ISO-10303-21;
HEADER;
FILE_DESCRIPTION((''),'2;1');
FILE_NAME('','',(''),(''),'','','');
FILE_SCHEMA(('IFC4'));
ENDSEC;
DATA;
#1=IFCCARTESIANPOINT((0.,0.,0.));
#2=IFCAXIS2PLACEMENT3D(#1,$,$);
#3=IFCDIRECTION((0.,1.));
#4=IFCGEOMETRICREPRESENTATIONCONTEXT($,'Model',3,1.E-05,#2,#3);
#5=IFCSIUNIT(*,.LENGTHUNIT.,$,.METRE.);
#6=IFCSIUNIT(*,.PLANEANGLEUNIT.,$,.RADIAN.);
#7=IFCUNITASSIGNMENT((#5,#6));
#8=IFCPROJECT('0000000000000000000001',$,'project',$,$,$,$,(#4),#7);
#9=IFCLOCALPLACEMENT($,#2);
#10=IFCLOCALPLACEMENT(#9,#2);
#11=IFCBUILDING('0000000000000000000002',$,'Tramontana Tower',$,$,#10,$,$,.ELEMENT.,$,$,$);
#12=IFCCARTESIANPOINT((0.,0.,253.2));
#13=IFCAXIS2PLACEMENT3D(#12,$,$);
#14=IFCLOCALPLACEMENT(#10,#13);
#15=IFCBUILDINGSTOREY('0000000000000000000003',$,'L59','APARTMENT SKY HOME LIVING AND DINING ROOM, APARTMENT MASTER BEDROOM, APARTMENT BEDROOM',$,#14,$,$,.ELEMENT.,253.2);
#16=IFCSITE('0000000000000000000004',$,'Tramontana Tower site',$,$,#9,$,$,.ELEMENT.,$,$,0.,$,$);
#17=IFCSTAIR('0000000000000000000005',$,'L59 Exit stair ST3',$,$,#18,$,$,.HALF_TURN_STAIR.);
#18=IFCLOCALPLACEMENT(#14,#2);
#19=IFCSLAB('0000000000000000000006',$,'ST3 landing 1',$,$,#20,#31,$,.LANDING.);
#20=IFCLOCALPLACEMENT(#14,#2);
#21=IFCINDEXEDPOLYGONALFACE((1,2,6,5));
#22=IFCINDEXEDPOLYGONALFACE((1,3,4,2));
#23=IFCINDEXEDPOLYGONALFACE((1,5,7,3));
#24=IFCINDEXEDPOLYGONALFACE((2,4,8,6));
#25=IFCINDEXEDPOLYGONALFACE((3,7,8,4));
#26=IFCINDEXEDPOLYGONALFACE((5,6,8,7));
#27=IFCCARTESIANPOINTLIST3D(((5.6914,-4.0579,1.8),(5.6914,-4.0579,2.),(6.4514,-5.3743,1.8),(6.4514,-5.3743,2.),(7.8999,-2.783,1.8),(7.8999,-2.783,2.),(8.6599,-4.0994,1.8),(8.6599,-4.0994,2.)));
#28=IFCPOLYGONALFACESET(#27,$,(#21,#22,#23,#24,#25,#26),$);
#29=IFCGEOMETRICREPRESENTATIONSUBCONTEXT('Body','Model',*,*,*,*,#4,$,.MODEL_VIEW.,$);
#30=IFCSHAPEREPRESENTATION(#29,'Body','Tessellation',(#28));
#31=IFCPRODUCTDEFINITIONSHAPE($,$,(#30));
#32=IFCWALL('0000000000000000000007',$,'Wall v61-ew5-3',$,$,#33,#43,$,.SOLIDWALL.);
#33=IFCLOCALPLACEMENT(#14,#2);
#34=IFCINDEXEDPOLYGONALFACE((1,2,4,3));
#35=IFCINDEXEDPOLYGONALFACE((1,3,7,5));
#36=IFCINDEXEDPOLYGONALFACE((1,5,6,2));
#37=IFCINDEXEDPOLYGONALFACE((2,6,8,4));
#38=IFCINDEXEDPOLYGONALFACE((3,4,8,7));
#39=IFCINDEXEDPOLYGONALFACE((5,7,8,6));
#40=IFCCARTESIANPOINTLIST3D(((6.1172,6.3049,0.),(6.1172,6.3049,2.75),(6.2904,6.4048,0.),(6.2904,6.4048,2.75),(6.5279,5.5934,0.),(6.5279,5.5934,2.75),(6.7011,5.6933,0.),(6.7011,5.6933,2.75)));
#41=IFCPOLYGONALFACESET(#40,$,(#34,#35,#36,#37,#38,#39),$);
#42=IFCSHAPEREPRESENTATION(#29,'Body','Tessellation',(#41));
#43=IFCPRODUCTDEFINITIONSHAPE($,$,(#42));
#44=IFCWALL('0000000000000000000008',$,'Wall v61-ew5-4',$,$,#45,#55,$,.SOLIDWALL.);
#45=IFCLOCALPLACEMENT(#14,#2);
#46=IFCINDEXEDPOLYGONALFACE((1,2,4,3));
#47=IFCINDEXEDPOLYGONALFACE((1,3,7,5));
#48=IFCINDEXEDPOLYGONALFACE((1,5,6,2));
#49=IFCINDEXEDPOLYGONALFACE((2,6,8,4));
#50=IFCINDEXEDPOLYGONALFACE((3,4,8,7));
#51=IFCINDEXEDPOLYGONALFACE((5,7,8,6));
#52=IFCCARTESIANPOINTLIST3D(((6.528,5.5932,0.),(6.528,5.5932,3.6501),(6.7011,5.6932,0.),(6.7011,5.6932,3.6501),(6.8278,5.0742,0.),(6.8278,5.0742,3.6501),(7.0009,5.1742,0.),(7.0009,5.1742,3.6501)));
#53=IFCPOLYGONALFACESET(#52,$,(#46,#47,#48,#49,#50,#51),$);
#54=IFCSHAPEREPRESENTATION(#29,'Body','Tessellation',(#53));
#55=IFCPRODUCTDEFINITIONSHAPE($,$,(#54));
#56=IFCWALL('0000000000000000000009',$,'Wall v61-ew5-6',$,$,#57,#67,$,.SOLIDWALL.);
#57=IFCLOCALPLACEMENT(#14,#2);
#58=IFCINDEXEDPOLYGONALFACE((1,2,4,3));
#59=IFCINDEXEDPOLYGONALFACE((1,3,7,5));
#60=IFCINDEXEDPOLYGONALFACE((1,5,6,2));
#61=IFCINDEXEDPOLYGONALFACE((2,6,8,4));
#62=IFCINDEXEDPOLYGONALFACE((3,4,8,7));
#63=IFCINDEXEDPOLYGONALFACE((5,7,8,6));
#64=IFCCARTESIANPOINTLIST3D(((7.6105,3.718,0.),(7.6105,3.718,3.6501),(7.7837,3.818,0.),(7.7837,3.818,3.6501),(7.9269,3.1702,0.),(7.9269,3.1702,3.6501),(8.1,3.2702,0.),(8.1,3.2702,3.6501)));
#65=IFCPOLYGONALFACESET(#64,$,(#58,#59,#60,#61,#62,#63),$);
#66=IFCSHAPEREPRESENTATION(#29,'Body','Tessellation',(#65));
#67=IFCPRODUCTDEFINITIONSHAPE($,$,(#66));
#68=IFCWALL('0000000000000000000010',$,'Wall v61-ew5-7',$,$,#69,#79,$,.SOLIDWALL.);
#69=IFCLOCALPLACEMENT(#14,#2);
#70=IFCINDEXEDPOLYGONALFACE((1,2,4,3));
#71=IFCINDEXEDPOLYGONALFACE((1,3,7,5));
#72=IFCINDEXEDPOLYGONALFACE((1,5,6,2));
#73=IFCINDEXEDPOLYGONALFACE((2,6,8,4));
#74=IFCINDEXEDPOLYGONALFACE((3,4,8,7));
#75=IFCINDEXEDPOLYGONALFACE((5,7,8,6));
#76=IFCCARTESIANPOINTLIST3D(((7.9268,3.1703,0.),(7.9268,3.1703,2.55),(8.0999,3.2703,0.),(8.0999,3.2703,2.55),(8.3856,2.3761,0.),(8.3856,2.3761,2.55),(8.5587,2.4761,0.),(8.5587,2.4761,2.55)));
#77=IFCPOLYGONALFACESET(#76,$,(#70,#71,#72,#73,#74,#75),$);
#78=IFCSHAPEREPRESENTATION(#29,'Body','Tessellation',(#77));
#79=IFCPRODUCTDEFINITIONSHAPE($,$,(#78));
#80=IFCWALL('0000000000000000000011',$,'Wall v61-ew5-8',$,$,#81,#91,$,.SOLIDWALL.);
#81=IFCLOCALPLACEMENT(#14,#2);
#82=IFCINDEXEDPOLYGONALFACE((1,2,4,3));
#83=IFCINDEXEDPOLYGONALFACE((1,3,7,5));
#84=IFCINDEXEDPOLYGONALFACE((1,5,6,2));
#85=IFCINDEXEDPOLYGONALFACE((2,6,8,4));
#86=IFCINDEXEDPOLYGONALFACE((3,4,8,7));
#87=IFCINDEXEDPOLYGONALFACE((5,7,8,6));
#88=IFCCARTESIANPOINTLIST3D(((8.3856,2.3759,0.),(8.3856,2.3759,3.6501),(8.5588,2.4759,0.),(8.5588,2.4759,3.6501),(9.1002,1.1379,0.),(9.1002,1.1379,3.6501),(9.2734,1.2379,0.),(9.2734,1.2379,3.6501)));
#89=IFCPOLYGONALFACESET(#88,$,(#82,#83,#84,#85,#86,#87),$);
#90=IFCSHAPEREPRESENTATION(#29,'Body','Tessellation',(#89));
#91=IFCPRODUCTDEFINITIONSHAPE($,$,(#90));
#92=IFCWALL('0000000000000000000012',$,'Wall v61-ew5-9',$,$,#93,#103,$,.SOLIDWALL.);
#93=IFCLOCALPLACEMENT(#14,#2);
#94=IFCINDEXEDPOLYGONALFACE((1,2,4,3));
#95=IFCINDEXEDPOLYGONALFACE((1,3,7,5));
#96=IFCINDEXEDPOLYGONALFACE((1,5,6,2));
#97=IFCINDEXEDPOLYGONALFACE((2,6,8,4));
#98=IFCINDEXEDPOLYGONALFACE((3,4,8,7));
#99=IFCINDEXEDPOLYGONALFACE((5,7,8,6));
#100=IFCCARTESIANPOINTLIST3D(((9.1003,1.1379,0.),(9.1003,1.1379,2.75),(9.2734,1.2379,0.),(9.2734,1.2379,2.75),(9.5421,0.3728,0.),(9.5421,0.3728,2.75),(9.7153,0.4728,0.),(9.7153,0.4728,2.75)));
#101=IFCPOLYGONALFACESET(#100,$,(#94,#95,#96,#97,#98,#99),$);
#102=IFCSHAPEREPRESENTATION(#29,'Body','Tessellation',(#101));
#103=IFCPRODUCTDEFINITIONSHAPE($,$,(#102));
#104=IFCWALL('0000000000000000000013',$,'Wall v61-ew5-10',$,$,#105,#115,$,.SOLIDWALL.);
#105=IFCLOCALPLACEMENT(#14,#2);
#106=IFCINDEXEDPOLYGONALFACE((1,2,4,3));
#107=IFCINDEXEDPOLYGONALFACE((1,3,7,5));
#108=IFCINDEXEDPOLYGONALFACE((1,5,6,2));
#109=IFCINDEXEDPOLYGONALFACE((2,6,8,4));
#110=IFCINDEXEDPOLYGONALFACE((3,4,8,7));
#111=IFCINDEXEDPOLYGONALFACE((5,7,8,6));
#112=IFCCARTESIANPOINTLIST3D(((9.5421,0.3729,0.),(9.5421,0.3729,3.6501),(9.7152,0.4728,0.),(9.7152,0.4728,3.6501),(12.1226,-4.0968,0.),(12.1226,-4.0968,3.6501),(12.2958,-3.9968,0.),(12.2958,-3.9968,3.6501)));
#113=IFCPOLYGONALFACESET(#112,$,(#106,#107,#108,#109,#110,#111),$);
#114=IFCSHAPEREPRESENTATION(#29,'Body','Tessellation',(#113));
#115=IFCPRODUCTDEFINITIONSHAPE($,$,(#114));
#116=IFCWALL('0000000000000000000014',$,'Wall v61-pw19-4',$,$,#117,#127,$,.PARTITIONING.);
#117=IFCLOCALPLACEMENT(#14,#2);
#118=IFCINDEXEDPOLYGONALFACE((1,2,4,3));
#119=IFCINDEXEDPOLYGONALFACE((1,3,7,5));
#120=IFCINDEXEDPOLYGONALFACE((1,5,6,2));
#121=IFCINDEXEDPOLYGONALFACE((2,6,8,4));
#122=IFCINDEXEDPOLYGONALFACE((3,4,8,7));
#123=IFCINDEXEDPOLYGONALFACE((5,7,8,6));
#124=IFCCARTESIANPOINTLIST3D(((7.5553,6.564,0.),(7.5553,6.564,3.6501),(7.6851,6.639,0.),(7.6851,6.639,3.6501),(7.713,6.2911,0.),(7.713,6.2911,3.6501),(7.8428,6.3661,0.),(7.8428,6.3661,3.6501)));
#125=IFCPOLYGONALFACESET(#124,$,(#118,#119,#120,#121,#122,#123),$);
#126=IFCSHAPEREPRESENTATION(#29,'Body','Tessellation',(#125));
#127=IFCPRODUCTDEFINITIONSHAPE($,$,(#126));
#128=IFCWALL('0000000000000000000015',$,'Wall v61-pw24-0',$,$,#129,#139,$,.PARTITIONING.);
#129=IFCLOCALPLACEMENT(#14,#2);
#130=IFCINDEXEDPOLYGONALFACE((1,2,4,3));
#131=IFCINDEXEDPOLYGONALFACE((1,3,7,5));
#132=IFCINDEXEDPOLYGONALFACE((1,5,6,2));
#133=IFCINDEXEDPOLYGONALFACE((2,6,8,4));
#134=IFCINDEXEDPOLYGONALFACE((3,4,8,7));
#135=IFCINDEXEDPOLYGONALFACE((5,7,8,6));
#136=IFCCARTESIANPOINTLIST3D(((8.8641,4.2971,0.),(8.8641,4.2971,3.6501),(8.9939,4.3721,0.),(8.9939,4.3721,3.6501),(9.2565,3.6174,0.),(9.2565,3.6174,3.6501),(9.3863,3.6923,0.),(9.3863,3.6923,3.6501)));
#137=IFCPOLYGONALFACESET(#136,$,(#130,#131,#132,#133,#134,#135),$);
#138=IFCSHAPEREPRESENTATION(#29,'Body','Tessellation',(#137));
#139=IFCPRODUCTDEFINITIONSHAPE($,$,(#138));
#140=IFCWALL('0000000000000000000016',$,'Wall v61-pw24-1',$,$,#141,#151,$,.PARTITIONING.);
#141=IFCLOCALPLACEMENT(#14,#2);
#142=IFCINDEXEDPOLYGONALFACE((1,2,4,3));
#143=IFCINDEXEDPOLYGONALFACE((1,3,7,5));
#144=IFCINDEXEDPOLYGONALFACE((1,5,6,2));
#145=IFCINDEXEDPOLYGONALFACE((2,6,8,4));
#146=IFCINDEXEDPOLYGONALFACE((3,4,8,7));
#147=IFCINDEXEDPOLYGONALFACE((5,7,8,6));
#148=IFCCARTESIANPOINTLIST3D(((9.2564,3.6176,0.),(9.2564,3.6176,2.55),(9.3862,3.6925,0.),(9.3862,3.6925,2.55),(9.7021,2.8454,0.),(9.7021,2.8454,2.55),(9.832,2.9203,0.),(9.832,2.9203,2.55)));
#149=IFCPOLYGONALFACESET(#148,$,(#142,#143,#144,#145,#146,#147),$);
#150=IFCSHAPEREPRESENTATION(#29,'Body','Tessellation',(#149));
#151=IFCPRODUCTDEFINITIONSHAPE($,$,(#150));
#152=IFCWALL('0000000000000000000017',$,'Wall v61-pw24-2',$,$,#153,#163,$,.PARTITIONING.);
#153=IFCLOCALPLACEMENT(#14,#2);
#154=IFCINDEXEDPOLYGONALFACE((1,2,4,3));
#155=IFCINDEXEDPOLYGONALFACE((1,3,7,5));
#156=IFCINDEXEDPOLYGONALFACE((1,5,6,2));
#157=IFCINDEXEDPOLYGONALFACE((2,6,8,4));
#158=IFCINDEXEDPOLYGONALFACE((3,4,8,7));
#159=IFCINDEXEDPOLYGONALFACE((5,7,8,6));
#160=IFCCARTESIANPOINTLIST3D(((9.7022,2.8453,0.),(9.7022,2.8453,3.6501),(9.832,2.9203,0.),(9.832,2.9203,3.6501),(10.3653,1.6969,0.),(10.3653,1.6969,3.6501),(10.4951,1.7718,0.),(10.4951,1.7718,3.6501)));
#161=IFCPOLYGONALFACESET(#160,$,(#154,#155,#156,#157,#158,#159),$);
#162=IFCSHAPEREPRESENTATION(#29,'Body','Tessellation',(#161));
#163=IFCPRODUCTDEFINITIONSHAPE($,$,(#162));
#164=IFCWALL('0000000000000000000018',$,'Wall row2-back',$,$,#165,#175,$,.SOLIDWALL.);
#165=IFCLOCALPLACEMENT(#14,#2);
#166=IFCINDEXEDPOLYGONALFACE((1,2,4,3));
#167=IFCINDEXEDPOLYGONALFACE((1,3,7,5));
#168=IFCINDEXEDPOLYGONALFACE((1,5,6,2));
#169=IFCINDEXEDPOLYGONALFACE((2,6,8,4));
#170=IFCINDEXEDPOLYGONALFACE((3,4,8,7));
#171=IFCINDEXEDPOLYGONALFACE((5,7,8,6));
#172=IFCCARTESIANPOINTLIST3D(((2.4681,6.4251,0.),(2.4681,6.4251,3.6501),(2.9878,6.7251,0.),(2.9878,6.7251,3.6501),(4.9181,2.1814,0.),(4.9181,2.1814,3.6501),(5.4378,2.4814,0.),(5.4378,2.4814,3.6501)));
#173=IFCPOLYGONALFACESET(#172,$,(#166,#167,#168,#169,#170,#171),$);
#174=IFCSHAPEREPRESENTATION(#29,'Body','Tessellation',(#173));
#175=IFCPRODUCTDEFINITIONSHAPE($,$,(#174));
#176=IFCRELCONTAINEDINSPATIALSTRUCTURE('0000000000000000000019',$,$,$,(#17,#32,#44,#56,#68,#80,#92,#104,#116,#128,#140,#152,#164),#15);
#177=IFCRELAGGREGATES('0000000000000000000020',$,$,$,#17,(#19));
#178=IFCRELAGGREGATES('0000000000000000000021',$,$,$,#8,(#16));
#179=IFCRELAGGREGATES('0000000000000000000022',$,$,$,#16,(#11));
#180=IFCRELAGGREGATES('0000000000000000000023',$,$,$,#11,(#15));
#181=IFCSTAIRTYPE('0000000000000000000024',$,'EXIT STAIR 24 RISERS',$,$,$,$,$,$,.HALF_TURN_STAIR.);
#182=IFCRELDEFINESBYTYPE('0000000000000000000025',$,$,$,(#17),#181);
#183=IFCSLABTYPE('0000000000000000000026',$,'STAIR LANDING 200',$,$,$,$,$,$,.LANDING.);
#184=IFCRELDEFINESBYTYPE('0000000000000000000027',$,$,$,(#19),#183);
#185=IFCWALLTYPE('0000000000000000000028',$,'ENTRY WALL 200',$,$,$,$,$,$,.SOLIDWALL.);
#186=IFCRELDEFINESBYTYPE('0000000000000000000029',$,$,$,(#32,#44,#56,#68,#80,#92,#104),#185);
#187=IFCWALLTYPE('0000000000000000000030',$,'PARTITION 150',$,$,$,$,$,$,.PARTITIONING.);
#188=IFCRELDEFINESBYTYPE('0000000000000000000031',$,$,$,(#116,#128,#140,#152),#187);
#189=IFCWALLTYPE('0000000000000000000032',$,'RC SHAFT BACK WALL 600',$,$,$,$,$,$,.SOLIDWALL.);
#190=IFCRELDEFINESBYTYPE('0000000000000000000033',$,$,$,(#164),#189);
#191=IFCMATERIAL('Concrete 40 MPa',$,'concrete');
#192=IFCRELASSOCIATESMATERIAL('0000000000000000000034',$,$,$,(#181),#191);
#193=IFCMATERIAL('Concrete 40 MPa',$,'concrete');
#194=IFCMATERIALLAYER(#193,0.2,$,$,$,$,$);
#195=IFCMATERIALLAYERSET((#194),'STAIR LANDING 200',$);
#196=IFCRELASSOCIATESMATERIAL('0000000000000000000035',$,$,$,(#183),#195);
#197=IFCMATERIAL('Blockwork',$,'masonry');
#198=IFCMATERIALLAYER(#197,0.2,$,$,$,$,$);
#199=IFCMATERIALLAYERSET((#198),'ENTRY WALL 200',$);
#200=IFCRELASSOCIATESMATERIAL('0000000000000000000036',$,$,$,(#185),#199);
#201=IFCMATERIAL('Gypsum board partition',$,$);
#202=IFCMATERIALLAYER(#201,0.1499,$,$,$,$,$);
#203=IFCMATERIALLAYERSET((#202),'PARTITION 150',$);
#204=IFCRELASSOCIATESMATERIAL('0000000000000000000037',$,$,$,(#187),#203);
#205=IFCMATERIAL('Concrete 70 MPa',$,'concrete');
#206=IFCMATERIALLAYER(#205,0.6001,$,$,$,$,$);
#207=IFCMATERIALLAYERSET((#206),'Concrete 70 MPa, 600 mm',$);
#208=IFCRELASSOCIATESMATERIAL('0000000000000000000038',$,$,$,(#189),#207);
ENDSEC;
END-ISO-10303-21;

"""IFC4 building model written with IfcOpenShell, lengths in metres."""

from ifc_helpers import new_model, si_unit, direction, frame, frame_2d, origin, place, context, subcontext, project, spatial, polyline, rectangle, outline, extrude, material, layer, layer_set, type_object, element, aggregate, save


model = new_model("IFC4")

# Units and contexts
model_context = context("Model", 3, precision=1e-05, world=origin(), true_north=direction((0.0, 1.0)))
body_context = subcontext(model_context, "Body", "Model", "MODEL_VIEW")
ifc_project = project(units=[si_unit("LENGTHUNIT", "METRE"), si_unit("PLANEANGLEUNIT", "RADIAN")], contexts=[model_context])

# Site, building, storey
site_placement = place(None, origin())
site = spatial("IfcSite", under=ifc_project, at=site_placement, Name="Tramontana Tower site", CompositionType="ELEMENT", RefElevation=0.0)
building_placement = place(site_placement, origin())
building = spatial("IfcBuilding", under=site, at=building_placement, Name="Tramontana Tower", CompositionType="ELEMENT")
storey_placement = place(building_placement, frame((0.0, 0.0, 253.2)))
storey = spatial("IfcBuildingStorey", under=building, at=storey_placement, Name="L59", Description="APARTMENT SKY HOME LIVING AND DINING ROOM, APARTMENT MASTER BEDROOM, APARTMENT BEDROOM", CompositionType="ELEMENT", Elevation=253.2)

# Stair, slab
ifc_material_1 = material(Name="Concrete 40 MPa", Category="concrete")
stair_type = type_object("IfcStairType", Name="EXIT STAIR 24 RISERS", PredefinedType="HALF_TURN_STAIR", material=ifc_material_1)
stair_placement = place(storey_placement, origin())
stair = element("IfcStair", 1, at=stair_placement, inside=storey, type_object=stair_type, Name="L59 Exit stair ST3", PredefinedType="HALF_TURN_STAIR")
ifc_material_2 = material(Name="Concrete 40 MPa", Category="concrete")
ifc_layer_1 = layer(ifc_material_2, 0.2)
ifc_layer_set_1 = layer_set([ifc_layer_1], Name="STAIR LANDING 200")
slab_type = type_object("IfcSlabType", Name="STAIR LANDING 200", PredefinedType="LANDING", material=ifc_layer_set_1)
slab_placement = place(storey_placement, frame((0.0, 0.0, 1.8)))
slab = element("IfcSlab", 2, at=slab_placement, type_object=slab_type, Name="ST3 landing 1", PredefinedType="LANDING", context=body_context, shape_type="SweptSolid", body=[
    extrude(outline(polyline([(5.6914, -4.0579), (6.4514, -5.3743), (8.6599, -4.0994), (7.8999, -2.783), (5.6914, -4.0579)])), origin(), (0.0, 0.0, 1.0), 0.2),
])
aggregate(stair, [slab])

# Walls
ifc_material_3 = material(Name="Blockwork", Category="masonry")
ifc_layer_2 = layer(ifc_material_3, 0.2)
ifc_layer_set_2 = layer_set([ifc_layer_2], Name="ENTRY WALL 200")
wall_type_1 = type_object("IfcWallType", Name="ENTRY WALL 200", PredefinedType="SOLIDWALL", material=ifc_layer_set_2)
wall_1_placement = place(storey_placement, frame((6.2039, 6.3547, 0.0), z_axis=(0.0, 0.0, 1.0), x_axis=(0.499911, -0.866077, 0.0)))
element("IfcWall", 3, at=wall_1_placement, inside=storey, type_object=wall_type_1, Name="Wall v61-ew5-3", PredefinedType="SOLIDWALL", context=body_context, shape_type="SweptSolid", body=[
    extrude(rectangle(XDim=0.8215, YDim=0.2, at=frame_2d((0.4106, 0.0))), origin(), (0.0, 0.0, 1.0), 2.75),
])
wall_2_placement = place(storey_placement, frame((6.6145, 5.6433, 0.0), z_axis=(0.0, 0.0, 1.0), x_axis=(0.500169, -0.865928, 0.0)))
element("IfcWall", 4, at=wall_2_placement, inside=storey, type_object=wall_type_1, Name="Wall v61-ew5-4", PredefinedType="SOLIDWALL", context=body_context, shape_type="SweptSolid", body=[
    extrude(rectangle(XDim=0.5994, YDim=0.2, at=frame_2d((0.2998, 0.0))), origin(), (0.0, 0.0, 1.0), 3.6501),
])

# Walls
wall_3_placement = place(storey_placement, frame((7.697, 3.7681, 0.0), z_axis=(0.0, 0.0, 1.0), x_axis=(0.500123, -0.865954, 0.0)))
element("IfcWall", 5, at=wall_3_placement, inside=storey, type_object=wall_type_1, Name="Wall v61-ew5-6", PredefinedType="SOLIDWALL", context=body_context, shape_type="SweptSolid", body=[
    extrude(rectangle(XDim=0.6326, YDim=0.2, at=frame_2d((0.3164, 0.0))), origin(), (0.0, 0.0, 1.0), 3.6501),
])
wall_4_placement = place(storey_placement, frame((8.0134, 3.2202, 0.0), z_axis=(0.0, 0.0, 1.0), x_axis=(0.500176, -0.865924, 0.0)))
element("IfcWall", 6, at=wall_4_placement, inside=storey, type_object=wall_type_1, Name="Wall v61-ew5-7", PredefinedType="SOLIDWALL", context=body_context, shape_type="SweptSolid", body=[
    extrude(rectangle(XDim=0.9172, YDim=0.2, at=frame_2d((0.4585, 0.0))), origin(), (0.0, 0.0, 1.0), 2.55),
])
wall_5_placement = place(storey_placement, frame((8.4722, 2.426, 0.0), z_axis=(0.0, 0.0, 1.0), x_axis=(0.499905, -0.86608, 0.0)))
element("IfcWall", 7, at=wall_5_placement, inside=storey, type_object=wall_type_1, Name="Wall v61-ew5-8", PredefinedType="SOLIDWALL", context=body_context, shape_type="SweptSolid", body=[
    extrude(rectangle(XDim=1.4294, YDim=0.2, at=frame_2d((0.7148, 0.0))), origin(), (0.0, 0.0, 1.0), 3.6501),
])
wall_6_placement = place(storey_placement, frame((9.1868, 1.188, 0.0), z_axis=(0.0, 0.0, 1.0), x_axis=(0.500121, -0.865955, 0.0)))
element("IfcWall", 8, at=wall_6_placement, inside=storey, type_object=wall_type_1, Name="Wall v61-ew5-9", PredefinedType="SOLIDWALL", context=body_context, shape_type="SweptSolid", body=[
    extrude(rectangle(XDim=0.8835, YDim=0.2, at=frame_2d((0.4419, 0.0))), origin(), (0.0, 0.0, 1.0), 2.75),
])
wall_7_placement = place(storey_placement, frame((9.6287, 0.4229, 0.0), z_axis=(0.0, 0.0, 1.0), x_axis=(0.499995, -0.866028, 0.0)))
element("IfcWall", 9, at=wall_7_placement, inside=storey, type_object=wall_type_1, Name="Wall v61-ew5-10", PredefinedType="SOLIDWALL", context=body_context, shape_type="SweptSolid", body=[
    extrude(rectangle(XDim=5.1611, YDim=0.2, at=frame_2d((2.5806, 0.0))), origin(), (0.0, 0.0, 1.0), 3.6501),
])
ifc_material_4 = material(Name="Gypsum board partition")
ifc_layer_3 = layer(ifc_material_4, 0.1499)
ifc_layer_set_3 = layer_set([ifc_layer_3], Name="PARTITION 150")
wall_type_2 = type_object("IfcWallType", Name="PARTITION 150", PredefinedType="PARTITIONING", material=ifc_layer_set_3)
wall_8_placement = place(storey_placement, frame((7.6201, 6.6016, 0.0), z_axis=(0.0, 0.0, 1.0), x_axis=(0.500303, -0.86585, 0.0)))
element("IfcWall", 10, at=wall_8_placement, inside=storey, type_object=wall_type_2, Name="Wall v61-pw19-4", PredefinedType="PARTITIONING", context=body_context, shape_type="SweptSolid", body=[
    extrude(rectangle(XDim=0.3152, YDim=0.1499, at=frame_2d((0.1577, 0.0))), origin(), (0.0, 0.0, 1.0), 3.6501),
])

# Walls
wall_9_placement = place(storey_placement, frame((8.929, 4.3347, 0.0), z_axis=(0.0, 0.0, 1.0), x_axis=(0.49992, -0.866072, 0.0)))
element("IfcWall", 11, at=wall_9_placement, inside=storey, type_object=wall_type_2, Name="Wall v61-pw24-0", PredefinedType="PARTITIONING", context=body_context, shape_type="SweptSolid", body=[
    extrude(rectangle(XDim=0.7849, YDim=0.1499, at=frame_2d((0.3926, 0.0))), origin(), (0.0, 0.0, 1.0), 3.6501),
])
wall_10_placement = place(storey_placement, frame((9.3213, 3.655, 0.0), z_axis=(0.0, 0.0, 1.0), x_axis=(0.499967, -0.866044, 0.0)))
element("IfcWall", 12, at=wall_10_placement, inside=storey, type_object=wall_type_2, Name="Wall v61-pw24-1", PredefinedType="PARTITIONING", context=body_context, shape_type="SweptSolid", body=[
    extrude(rectangle(XDim=0.8916, YDim=0.1499, at=frame_2d((0.4458, 0.0))), origin(), (0.0, 0.0, 1.0), 2.55),
])
wall_11_placement = place(storey_placement, frame((9.7671, 2.8828, 0.0), z_axis=(0.0, 0.0, 1.0), x_axis=(0.50002, -0.866014, 0.0)))
element("IfcWall", 13, at=wall_11_placement, inside=storey, type_object=wall_type_2, Name="Wall v61-pw24-2", PredefinedType="PARTITIONING", context=body_context, shape_type="SweptSolid", body=[
    extrude(rectangle(XDim=1.3262, YDim=0.1499, at=frame_2d((0.6631, 0.0))), origin(), (0.0, 0.0, 1.0), 3.6501),
])

# Wall
ifc_material_5 = material(Name="Concrete 70 MPa", Category="concrete")
ifc_layer_4 = layer(ifc_material_5, 0.6001)
ifc_layer_set_4 = layer_set([ifc_layer_4], Name="Concrete 70 MPa, 600 mm")
wall_type_3 = type_object("IfcWallType", Name="RC SHAFT BACK WALL 600", PredefinedType="SOLIDWALL", material=ifc_layer_set_4)
wall_12_placement = place(storey_placement, frame((5.178, 2.3313, 0.0), z_axis=(0.0, 0.0, 1.0), x_axis=(-0.499981, 0.866036, 0.0)))
element("IfcWall", 14, at=wall_12_placement, inside=storey, type_object=wall_type_3, Name="Wall row2-back", PredefinedType="SOLIDWALL", context=body_context, shape_type="SweptSolid", body=[
    extrude(rectangle(XDim=4.9001, YDim=0.6001, at=frame_2d((2.4502, 0.0))), origin(), (0.0, 0.0, 1.0), 3.6501),
])

save(model, "model.ifc")
